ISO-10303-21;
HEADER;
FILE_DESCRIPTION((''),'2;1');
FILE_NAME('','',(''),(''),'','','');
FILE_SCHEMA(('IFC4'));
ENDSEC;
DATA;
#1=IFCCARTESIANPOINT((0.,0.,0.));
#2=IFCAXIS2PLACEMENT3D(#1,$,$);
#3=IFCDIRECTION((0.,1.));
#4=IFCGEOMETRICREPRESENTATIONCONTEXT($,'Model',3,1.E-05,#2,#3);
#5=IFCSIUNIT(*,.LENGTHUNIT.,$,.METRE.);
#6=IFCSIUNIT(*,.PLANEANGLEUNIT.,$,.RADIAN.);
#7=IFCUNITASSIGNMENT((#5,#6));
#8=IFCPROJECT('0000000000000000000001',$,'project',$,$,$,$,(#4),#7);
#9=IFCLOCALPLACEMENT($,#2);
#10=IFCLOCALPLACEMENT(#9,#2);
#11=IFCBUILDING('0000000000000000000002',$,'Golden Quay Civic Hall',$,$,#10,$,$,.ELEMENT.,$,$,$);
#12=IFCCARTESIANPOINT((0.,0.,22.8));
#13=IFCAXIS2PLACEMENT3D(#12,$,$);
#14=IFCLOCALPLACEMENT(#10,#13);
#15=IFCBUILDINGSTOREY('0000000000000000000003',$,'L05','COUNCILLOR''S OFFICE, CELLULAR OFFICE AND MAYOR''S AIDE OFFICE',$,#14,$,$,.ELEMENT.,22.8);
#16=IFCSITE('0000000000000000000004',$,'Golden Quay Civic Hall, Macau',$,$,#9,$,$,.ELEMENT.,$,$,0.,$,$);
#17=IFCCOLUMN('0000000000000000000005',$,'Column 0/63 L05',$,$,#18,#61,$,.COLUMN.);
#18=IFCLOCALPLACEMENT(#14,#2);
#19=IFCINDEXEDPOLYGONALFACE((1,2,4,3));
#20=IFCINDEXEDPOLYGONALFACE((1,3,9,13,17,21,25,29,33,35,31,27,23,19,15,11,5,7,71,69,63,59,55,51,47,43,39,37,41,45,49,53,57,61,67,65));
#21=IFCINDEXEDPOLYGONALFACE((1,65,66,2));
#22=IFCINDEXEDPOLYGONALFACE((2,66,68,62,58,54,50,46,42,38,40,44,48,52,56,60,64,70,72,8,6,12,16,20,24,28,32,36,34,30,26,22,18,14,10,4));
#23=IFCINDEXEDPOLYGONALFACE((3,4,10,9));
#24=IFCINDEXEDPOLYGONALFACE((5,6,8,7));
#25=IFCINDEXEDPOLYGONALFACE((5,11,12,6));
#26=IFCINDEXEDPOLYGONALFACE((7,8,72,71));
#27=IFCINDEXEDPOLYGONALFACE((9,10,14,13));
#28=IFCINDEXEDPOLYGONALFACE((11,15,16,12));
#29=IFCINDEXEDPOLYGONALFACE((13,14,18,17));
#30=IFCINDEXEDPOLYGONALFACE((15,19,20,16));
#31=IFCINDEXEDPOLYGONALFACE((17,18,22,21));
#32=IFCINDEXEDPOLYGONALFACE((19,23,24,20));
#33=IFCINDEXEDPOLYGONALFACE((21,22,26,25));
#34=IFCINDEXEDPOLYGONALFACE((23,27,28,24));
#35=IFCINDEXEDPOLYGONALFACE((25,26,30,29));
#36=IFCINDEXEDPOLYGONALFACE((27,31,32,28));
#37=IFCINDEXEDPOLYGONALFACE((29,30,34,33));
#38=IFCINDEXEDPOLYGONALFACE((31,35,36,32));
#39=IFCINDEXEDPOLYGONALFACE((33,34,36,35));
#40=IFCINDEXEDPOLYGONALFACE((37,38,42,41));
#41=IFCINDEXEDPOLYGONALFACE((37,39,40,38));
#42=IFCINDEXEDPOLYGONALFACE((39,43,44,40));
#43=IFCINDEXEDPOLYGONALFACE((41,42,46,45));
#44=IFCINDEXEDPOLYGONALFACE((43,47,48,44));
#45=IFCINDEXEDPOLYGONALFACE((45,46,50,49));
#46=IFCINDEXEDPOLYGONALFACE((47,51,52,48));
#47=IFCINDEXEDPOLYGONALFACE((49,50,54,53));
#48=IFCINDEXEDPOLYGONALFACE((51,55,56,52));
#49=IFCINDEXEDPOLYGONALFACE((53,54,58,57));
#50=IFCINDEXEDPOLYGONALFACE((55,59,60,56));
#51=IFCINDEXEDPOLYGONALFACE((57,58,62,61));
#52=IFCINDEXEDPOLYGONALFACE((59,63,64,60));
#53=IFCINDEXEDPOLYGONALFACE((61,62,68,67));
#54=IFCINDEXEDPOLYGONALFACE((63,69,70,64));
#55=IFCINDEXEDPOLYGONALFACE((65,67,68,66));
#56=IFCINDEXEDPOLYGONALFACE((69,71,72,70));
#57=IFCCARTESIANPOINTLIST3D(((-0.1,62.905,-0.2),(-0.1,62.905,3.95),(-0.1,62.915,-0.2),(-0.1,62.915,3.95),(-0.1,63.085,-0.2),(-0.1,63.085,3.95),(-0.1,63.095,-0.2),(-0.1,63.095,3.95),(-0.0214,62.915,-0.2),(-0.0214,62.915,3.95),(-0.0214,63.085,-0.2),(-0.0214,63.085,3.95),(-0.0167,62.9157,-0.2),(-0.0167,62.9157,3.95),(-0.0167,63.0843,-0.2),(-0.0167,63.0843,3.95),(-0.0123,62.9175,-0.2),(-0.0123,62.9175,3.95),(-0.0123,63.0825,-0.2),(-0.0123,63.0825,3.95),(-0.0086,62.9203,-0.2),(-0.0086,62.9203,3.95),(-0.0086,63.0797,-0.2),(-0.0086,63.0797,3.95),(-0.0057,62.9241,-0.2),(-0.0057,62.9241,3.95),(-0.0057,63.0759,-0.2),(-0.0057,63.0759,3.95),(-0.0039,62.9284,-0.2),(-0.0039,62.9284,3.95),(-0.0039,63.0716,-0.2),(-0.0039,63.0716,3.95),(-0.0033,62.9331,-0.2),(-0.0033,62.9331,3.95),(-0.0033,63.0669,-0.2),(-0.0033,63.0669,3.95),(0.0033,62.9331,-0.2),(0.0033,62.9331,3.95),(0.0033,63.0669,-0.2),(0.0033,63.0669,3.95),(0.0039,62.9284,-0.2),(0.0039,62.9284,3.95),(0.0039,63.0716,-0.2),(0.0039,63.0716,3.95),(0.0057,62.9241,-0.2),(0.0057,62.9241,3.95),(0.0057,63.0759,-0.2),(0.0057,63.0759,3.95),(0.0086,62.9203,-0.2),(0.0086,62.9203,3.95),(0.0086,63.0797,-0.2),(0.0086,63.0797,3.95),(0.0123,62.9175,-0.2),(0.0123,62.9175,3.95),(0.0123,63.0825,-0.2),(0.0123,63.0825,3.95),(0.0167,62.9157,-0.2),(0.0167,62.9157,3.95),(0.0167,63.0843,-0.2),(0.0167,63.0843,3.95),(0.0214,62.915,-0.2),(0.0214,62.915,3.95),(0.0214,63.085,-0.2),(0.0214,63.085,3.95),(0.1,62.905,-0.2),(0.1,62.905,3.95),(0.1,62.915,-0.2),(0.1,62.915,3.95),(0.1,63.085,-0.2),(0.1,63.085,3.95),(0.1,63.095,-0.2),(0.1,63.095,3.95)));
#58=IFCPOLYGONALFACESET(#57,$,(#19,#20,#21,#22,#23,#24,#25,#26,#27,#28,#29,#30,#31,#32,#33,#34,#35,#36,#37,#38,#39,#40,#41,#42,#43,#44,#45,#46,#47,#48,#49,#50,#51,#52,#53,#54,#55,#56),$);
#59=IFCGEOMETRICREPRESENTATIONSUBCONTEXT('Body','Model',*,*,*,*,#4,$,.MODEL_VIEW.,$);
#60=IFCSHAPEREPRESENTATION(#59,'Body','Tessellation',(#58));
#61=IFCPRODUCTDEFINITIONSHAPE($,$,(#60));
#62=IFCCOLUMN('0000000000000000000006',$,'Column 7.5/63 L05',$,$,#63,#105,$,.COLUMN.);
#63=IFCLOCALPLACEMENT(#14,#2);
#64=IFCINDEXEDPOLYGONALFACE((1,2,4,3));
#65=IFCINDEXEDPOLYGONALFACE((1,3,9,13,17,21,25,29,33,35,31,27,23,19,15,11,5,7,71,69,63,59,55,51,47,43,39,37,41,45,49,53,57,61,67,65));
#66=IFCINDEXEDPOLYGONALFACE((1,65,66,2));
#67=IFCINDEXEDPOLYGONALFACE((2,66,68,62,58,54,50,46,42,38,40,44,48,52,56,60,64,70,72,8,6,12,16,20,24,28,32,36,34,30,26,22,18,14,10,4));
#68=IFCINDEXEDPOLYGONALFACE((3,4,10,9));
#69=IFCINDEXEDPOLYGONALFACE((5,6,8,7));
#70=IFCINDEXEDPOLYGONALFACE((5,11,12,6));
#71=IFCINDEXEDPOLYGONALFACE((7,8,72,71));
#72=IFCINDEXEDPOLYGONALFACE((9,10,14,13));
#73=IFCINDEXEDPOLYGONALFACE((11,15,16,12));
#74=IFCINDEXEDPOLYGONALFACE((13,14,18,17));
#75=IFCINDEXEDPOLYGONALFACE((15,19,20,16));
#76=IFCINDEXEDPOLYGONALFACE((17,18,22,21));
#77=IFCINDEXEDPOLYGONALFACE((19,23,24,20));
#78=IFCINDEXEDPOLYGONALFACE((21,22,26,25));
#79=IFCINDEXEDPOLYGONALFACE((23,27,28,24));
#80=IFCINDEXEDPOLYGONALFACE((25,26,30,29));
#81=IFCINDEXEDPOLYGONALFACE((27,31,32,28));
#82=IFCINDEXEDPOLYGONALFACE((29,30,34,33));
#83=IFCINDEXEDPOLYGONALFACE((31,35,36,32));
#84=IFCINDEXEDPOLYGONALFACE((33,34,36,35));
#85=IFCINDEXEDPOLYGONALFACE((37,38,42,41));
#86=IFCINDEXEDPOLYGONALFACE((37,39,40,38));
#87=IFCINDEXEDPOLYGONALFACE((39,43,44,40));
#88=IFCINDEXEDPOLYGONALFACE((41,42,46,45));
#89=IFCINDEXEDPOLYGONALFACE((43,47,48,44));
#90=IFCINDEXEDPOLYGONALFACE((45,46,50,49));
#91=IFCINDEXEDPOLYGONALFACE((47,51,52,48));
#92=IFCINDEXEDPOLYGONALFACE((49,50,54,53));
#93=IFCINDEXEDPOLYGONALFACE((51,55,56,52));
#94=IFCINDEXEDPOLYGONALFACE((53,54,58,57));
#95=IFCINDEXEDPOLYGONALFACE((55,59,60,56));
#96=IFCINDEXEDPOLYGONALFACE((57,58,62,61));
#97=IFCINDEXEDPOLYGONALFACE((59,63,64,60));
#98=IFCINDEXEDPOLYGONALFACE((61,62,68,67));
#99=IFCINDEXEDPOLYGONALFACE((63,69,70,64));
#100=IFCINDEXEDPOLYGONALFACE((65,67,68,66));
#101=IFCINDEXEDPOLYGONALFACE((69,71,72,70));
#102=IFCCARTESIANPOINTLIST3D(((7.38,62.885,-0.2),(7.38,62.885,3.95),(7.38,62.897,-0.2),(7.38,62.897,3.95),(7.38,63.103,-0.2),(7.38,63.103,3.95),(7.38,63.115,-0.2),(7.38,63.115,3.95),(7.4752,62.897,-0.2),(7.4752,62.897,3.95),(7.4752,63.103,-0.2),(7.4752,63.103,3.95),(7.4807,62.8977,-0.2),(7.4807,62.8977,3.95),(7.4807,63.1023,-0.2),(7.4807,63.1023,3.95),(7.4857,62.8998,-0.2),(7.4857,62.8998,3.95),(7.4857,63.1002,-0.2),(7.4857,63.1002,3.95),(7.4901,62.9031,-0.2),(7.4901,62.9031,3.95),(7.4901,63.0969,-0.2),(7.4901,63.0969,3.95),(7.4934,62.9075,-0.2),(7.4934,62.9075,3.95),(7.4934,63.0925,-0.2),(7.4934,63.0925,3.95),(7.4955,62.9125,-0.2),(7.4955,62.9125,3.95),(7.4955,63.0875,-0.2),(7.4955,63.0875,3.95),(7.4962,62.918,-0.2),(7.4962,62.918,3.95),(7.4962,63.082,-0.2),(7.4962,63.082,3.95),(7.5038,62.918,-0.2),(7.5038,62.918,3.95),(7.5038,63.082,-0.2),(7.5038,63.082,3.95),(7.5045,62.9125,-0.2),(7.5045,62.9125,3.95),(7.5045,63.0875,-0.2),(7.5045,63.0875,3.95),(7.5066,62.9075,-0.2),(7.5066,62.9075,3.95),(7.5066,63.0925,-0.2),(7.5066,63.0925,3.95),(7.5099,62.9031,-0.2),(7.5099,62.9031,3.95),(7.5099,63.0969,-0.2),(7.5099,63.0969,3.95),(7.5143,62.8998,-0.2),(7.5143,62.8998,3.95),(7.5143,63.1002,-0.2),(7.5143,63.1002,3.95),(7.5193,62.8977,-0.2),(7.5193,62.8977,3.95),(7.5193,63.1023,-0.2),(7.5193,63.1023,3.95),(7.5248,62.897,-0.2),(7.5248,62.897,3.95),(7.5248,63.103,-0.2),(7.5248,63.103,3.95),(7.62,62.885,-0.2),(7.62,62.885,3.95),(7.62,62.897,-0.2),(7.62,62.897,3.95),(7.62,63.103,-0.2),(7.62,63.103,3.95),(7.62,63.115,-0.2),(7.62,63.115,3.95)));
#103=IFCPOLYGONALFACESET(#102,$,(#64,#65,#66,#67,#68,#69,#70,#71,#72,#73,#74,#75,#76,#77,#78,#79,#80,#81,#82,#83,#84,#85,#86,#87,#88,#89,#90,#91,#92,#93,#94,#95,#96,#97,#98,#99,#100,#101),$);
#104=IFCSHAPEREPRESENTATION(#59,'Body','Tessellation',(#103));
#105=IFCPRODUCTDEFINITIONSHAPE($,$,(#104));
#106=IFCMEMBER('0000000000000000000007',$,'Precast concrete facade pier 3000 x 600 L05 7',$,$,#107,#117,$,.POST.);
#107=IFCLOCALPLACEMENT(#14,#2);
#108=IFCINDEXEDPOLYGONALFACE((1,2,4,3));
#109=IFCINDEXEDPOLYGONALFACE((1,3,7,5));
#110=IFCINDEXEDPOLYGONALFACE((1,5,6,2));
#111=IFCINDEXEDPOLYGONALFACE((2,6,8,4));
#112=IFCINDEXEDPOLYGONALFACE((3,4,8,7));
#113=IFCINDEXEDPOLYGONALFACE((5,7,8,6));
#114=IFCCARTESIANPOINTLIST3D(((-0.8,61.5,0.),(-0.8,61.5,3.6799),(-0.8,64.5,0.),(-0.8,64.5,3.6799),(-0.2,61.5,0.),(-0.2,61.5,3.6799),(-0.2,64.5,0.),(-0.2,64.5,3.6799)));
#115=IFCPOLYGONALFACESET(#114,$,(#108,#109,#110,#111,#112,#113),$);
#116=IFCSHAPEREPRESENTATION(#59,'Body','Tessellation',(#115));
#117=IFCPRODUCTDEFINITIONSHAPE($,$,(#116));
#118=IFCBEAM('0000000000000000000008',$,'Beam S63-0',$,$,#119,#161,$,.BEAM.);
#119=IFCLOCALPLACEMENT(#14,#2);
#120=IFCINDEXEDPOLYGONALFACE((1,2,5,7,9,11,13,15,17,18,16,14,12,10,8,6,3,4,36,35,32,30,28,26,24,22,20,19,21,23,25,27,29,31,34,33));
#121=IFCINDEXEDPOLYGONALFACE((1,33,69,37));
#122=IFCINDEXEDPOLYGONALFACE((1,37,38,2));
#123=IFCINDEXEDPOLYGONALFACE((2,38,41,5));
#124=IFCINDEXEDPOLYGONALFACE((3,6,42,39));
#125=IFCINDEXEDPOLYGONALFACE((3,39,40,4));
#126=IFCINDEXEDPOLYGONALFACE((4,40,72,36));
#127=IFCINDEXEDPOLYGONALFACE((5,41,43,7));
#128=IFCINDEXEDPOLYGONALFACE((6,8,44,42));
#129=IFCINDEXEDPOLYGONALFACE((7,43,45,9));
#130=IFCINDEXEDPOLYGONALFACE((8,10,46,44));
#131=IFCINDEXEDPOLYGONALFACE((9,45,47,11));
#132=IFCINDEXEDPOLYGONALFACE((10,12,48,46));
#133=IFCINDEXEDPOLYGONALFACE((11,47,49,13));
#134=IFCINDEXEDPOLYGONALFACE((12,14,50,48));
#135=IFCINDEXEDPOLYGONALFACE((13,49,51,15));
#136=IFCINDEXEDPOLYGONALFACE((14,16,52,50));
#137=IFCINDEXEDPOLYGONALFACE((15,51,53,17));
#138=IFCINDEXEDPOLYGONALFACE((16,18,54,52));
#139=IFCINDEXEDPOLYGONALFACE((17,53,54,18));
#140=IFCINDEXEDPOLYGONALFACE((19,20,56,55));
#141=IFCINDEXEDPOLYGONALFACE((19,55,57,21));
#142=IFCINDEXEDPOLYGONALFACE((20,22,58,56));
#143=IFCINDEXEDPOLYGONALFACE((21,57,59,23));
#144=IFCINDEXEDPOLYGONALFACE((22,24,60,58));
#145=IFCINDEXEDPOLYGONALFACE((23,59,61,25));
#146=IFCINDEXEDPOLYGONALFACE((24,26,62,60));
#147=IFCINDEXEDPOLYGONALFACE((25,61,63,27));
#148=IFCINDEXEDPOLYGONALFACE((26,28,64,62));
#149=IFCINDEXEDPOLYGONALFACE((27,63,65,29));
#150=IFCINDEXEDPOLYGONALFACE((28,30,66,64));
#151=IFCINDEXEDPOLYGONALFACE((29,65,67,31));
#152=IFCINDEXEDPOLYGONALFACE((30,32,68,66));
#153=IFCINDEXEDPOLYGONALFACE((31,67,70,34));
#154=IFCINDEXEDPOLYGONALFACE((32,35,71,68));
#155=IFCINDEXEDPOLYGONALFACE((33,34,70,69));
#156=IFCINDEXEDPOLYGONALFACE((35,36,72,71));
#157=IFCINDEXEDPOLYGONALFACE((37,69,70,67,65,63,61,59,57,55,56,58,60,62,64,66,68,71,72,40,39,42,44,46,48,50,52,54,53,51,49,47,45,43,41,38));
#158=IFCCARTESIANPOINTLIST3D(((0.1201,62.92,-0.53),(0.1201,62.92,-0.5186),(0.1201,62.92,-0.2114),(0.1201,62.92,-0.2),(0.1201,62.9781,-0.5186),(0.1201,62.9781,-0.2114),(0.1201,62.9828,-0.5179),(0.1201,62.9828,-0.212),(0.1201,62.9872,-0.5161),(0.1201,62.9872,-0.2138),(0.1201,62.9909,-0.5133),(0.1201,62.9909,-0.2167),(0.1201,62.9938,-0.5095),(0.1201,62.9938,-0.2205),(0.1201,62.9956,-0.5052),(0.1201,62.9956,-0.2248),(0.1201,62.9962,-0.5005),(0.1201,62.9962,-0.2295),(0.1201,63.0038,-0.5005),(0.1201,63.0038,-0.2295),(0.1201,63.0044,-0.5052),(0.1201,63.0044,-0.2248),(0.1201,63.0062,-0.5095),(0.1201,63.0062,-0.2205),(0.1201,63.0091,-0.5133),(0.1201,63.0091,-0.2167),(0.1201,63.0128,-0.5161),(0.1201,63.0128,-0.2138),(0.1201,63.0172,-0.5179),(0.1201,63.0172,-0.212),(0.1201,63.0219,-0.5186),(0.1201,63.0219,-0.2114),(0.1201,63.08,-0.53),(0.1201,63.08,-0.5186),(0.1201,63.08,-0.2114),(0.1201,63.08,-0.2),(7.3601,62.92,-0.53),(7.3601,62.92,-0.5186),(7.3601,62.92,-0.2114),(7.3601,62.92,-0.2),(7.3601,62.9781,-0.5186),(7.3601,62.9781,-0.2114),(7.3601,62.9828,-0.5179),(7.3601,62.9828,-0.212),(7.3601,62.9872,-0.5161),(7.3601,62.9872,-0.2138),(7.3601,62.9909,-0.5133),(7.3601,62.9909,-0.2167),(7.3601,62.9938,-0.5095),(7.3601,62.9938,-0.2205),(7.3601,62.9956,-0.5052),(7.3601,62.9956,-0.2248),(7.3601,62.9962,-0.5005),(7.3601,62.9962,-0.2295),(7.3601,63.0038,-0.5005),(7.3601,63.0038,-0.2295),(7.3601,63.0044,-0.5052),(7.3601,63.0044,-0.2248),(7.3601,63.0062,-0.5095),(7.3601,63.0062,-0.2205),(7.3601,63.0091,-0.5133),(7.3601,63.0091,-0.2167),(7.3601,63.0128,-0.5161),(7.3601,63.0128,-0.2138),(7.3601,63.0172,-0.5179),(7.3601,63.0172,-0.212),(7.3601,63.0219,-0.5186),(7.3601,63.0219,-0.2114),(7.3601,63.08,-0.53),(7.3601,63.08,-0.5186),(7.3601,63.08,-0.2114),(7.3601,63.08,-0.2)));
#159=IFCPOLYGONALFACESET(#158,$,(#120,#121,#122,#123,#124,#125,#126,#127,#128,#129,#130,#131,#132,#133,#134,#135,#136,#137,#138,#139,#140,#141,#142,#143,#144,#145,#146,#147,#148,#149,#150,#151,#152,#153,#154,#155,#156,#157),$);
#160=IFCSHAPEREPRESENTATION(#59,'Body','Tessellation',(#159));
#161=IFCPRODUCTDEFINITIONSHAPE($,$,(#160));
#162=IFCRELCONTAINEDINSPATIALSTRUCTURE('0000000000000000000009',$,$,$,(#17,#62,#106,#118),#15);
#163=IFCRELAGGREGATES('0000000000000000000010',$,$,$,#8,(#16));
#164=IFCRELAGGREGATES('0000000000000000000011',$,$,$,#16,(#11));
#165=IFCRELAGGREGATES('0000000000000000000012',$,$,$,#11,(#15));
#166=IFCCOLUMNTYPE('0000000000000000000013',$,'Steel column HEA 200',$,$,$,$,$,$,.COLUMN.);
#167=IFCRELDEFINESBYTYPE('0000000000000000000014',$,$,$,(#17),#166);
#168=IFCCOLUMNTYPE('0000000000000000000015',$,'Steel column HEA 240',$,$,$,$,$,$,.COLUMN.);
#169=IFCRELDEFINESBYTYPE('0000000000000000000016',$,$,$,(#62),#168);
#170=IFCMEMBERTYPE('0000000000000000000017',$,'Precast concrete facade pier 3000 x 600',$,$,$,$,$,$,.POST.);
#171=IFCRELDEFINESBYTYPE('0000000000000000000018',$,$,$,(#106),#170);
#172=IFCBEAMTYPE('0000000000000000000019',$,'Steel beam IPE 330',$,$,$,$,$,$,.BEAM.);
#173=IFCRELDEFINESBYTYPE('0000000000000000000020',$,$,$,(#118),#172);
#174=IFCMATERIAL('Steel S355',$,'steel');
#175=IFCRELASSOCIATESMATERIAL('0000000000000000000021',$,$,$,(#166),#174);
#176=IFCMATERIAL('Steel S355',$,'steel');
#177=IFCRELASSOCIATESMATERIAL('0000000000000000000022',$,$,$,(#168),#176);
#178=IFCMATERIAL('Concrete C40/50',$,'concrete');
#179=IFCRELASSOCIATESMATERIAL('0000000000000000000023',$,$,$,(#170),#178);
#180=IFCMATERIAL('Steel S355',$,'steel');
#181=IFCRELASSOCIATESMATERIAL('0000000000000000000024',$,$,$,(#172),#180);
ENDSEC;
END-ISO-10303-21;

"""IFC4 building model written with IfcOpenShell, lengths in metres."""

from ifc_helpers import new_model, si_unit, direction, frame, origin, origin_2d, place, context, subcontext, project, spatial, rectangle, i_section, extrude, material, material_profile, profile_set, type_object, element, save


model = new_model("IFC4")

# Units and contexts
model_context = context("Model", 3, precision=1e-05, world=origin(), true_north=direction((0.0, 1.0)))
body_context = subcontext(model_context, "Body", "Model", "MODEL_VIEW")
ifc_project = project(units=[si_unit("LENGTHUNIT", "METRE"), si_unit("PLANEANGLEUNIT", "RADIAN")], contexts=[model_context])

# Site, building, storey
site_placement = place(None, origin())
site = spatial("IfcSite", under=ifc_project, at=site_placement, Name="Golden Quay Civic Hall, Macau", CompositionType="ELEMENT", RefElevation=0.0)
building_placement = place(site_placement, origin())
building = spatial("IfcBuilding", under=site, at=building_placement, Name="Golden Quay Civic Hall", CompositionType="ELEMENT")
storey_placement = place(building_placement, frame((0.0, 0.0, 22.8)))
storey = spatial("IfcBuildingStorey", under=building, at=storey_placement, Name="L05", Description="COUNCILLOR'S OFFICE, CELLULAR OFFICE AND MAYOR'S AIDE OFFICE", CompositionType="ELEMENT", Elevation=22.8)

# Columns
ifc_material_1 = material(Name="Steel S355", Category="steel")
ifc_material_profile_1 = material_profile(ifc_material_1, i_section(OverallWidth=0.2, OverallDepth=0.1899, WebThickness=0.0066, FlangeThickness=0.01, FilletRadius=0.0181, at=origin_2d()), Name="HEA 200")
ifc_profile_set_1 = profile_set([ifc_material_profile_1], Name="Steel S355")
column_type_1 = type_object("IfcColumnType", Name="Steel column HEA 200", PredefinedType="COLUMN", material=ifc_profile_set_1)
column_1_placement = place(storey_placement, frame((0.0, 63.0, -0.2), z_axis=(0.0, 0.0, 1.0), x_axis=(1.0, 0.0, 0.0)))
element("IfcColumn", 1, at=column_1_placement, inside=storey, type_object=column_type_1, Name="Column 0/63 L05", PredefinedType="COLUMN", context=body_context, shape_type="SweptSolid", body=[
    extrude(i_section(OverallWidth=0.2, OverallDepth=0.1899, WebThickness=0.0066, FlangeThickness=0.01, FilletRadius=0.0181, at=origin_2d()), origin(), (0.0, 0.0, 1.0), 4.1499),
])
ifc_material_2 = material(Name="Steel S355", Category="steel")
ifc_material_profile_2 = material_profile(ifc_material_2, i_section(OverallWidth=0.24, OverallDepth=0.23, WebThickness=0.0076, FlangeThickness=0.012, FilletRadius=0.021, at=origin_2d()), Name="HEA 240")
ifc_profile_set_2 = profile_set([ifc_material_profile_2], Name="Steel S355")
column_type_2 = type_object("IfcColumnType", Name="Steel column HEA 240", PredefinedType="COLUMN", material=ifc_profile_set_2)
column_2_placement = place(storey_placement, frame((7.5, 63.0, -0.2), z_axis=(0.0, 0.0, 1.0), x_axis=(1.0, 0.0, 0.0)))
element("IfcColumn", 2, at=column_2_placement, inside=storey, type_object=column_type_2, Name="Column 7.5/63 L05", PredefinedType="COLUMN", context=body_context, shape_type="SweptSolid", body=[
    extrude(i_section(OverallWidth=0.24, OverallDepth=0.23, WebThickness=0.0076, FlangeThickness=0.012, FilletRadius=0.021, at=origin_2d()), origin(), (0.0, 0.0, 1.0), 4.1499),
])

# Member
ifc_material_3 = material(Name="Concrete C40/50", Category="concrete")
ifc_material_profile_3 = material_profile(ifc_material_3, rectangle(XDim=3.0, YDim=0.6001, at=origin_2d()), Name="RC 3000x600")
ifc_profile_set_3 = profile_set([ifc_material_profile_3], Name="Concrete C40/50")
member_type = type_object("IfcMemberType", Name="Precast concrete facade pier 3000 x 600", PredefinedType="POST", material=ifc_profile_set_3)
member_placement = place(storey_placement, frame((-0.5, 63.0, 0.0), z_axis=(0.0, 0.0, 1.0), x_axis=(0.0, 1.0, 0.0)))
element("IfcMember", 3, at=member_placement, inside=storey, type_object=member_type, Name="Precast concrete facade pier 3000 x 600 L05 7", PredefinedType="POST", context=body_context, shape_type="SweptSolid", body=[
    extrude(rectangle(XDim=3.0, YDim=0.6001, at=origin_2d()), origin(), (0.0, 0.0, 1.0), 3.6799),
])

# Beam
ifc_material_4 = material(Name="Steel S355", Category="steel")
ifc_material_profile_4 = material_profile(ifc_material_4, i_section(OverallWidth=0.1599, OverallDepth=0.3301, WebThickness=0.0076, FlangeThickness=0.0115, FilletRadius=0.0181, at=origin_2d()), Name="IPE 330")
ifc_profile_set_4 = profile_set([ifc_material_profile_4], Name="Steel S355")
beam_type_1 = type_object("IfcBeamType", Name="Steel beam IPE 330", PredefinedType="BEAM", material=ifc_profile_set_4)
beam_1_placement = place(storey_placement, frame((0.1201, 63.0, -0.365), z_axis=(1.0, 0.0, 0.0), x_axis=(0.0, 1.0, 0.0)))
element("IfcBeam", 4, at=beam_1_placement, inside=storey, type_object=beam_type_1, Name="Beam S63-0", PredefinedType="BEAM", context=body_context, shape_type="SweptSolid", body=[
    extrude(i_section(OverallWidth=0.1599, OverallDepth=0.3301, WebThickness=0.0076, FlangeThickness=0.0115, FilletRadius=0.0181, at=origin_2d()), origin(), (0.0, 0.0, 1.0), 7.24),
])

save(model, "model.ifc")
